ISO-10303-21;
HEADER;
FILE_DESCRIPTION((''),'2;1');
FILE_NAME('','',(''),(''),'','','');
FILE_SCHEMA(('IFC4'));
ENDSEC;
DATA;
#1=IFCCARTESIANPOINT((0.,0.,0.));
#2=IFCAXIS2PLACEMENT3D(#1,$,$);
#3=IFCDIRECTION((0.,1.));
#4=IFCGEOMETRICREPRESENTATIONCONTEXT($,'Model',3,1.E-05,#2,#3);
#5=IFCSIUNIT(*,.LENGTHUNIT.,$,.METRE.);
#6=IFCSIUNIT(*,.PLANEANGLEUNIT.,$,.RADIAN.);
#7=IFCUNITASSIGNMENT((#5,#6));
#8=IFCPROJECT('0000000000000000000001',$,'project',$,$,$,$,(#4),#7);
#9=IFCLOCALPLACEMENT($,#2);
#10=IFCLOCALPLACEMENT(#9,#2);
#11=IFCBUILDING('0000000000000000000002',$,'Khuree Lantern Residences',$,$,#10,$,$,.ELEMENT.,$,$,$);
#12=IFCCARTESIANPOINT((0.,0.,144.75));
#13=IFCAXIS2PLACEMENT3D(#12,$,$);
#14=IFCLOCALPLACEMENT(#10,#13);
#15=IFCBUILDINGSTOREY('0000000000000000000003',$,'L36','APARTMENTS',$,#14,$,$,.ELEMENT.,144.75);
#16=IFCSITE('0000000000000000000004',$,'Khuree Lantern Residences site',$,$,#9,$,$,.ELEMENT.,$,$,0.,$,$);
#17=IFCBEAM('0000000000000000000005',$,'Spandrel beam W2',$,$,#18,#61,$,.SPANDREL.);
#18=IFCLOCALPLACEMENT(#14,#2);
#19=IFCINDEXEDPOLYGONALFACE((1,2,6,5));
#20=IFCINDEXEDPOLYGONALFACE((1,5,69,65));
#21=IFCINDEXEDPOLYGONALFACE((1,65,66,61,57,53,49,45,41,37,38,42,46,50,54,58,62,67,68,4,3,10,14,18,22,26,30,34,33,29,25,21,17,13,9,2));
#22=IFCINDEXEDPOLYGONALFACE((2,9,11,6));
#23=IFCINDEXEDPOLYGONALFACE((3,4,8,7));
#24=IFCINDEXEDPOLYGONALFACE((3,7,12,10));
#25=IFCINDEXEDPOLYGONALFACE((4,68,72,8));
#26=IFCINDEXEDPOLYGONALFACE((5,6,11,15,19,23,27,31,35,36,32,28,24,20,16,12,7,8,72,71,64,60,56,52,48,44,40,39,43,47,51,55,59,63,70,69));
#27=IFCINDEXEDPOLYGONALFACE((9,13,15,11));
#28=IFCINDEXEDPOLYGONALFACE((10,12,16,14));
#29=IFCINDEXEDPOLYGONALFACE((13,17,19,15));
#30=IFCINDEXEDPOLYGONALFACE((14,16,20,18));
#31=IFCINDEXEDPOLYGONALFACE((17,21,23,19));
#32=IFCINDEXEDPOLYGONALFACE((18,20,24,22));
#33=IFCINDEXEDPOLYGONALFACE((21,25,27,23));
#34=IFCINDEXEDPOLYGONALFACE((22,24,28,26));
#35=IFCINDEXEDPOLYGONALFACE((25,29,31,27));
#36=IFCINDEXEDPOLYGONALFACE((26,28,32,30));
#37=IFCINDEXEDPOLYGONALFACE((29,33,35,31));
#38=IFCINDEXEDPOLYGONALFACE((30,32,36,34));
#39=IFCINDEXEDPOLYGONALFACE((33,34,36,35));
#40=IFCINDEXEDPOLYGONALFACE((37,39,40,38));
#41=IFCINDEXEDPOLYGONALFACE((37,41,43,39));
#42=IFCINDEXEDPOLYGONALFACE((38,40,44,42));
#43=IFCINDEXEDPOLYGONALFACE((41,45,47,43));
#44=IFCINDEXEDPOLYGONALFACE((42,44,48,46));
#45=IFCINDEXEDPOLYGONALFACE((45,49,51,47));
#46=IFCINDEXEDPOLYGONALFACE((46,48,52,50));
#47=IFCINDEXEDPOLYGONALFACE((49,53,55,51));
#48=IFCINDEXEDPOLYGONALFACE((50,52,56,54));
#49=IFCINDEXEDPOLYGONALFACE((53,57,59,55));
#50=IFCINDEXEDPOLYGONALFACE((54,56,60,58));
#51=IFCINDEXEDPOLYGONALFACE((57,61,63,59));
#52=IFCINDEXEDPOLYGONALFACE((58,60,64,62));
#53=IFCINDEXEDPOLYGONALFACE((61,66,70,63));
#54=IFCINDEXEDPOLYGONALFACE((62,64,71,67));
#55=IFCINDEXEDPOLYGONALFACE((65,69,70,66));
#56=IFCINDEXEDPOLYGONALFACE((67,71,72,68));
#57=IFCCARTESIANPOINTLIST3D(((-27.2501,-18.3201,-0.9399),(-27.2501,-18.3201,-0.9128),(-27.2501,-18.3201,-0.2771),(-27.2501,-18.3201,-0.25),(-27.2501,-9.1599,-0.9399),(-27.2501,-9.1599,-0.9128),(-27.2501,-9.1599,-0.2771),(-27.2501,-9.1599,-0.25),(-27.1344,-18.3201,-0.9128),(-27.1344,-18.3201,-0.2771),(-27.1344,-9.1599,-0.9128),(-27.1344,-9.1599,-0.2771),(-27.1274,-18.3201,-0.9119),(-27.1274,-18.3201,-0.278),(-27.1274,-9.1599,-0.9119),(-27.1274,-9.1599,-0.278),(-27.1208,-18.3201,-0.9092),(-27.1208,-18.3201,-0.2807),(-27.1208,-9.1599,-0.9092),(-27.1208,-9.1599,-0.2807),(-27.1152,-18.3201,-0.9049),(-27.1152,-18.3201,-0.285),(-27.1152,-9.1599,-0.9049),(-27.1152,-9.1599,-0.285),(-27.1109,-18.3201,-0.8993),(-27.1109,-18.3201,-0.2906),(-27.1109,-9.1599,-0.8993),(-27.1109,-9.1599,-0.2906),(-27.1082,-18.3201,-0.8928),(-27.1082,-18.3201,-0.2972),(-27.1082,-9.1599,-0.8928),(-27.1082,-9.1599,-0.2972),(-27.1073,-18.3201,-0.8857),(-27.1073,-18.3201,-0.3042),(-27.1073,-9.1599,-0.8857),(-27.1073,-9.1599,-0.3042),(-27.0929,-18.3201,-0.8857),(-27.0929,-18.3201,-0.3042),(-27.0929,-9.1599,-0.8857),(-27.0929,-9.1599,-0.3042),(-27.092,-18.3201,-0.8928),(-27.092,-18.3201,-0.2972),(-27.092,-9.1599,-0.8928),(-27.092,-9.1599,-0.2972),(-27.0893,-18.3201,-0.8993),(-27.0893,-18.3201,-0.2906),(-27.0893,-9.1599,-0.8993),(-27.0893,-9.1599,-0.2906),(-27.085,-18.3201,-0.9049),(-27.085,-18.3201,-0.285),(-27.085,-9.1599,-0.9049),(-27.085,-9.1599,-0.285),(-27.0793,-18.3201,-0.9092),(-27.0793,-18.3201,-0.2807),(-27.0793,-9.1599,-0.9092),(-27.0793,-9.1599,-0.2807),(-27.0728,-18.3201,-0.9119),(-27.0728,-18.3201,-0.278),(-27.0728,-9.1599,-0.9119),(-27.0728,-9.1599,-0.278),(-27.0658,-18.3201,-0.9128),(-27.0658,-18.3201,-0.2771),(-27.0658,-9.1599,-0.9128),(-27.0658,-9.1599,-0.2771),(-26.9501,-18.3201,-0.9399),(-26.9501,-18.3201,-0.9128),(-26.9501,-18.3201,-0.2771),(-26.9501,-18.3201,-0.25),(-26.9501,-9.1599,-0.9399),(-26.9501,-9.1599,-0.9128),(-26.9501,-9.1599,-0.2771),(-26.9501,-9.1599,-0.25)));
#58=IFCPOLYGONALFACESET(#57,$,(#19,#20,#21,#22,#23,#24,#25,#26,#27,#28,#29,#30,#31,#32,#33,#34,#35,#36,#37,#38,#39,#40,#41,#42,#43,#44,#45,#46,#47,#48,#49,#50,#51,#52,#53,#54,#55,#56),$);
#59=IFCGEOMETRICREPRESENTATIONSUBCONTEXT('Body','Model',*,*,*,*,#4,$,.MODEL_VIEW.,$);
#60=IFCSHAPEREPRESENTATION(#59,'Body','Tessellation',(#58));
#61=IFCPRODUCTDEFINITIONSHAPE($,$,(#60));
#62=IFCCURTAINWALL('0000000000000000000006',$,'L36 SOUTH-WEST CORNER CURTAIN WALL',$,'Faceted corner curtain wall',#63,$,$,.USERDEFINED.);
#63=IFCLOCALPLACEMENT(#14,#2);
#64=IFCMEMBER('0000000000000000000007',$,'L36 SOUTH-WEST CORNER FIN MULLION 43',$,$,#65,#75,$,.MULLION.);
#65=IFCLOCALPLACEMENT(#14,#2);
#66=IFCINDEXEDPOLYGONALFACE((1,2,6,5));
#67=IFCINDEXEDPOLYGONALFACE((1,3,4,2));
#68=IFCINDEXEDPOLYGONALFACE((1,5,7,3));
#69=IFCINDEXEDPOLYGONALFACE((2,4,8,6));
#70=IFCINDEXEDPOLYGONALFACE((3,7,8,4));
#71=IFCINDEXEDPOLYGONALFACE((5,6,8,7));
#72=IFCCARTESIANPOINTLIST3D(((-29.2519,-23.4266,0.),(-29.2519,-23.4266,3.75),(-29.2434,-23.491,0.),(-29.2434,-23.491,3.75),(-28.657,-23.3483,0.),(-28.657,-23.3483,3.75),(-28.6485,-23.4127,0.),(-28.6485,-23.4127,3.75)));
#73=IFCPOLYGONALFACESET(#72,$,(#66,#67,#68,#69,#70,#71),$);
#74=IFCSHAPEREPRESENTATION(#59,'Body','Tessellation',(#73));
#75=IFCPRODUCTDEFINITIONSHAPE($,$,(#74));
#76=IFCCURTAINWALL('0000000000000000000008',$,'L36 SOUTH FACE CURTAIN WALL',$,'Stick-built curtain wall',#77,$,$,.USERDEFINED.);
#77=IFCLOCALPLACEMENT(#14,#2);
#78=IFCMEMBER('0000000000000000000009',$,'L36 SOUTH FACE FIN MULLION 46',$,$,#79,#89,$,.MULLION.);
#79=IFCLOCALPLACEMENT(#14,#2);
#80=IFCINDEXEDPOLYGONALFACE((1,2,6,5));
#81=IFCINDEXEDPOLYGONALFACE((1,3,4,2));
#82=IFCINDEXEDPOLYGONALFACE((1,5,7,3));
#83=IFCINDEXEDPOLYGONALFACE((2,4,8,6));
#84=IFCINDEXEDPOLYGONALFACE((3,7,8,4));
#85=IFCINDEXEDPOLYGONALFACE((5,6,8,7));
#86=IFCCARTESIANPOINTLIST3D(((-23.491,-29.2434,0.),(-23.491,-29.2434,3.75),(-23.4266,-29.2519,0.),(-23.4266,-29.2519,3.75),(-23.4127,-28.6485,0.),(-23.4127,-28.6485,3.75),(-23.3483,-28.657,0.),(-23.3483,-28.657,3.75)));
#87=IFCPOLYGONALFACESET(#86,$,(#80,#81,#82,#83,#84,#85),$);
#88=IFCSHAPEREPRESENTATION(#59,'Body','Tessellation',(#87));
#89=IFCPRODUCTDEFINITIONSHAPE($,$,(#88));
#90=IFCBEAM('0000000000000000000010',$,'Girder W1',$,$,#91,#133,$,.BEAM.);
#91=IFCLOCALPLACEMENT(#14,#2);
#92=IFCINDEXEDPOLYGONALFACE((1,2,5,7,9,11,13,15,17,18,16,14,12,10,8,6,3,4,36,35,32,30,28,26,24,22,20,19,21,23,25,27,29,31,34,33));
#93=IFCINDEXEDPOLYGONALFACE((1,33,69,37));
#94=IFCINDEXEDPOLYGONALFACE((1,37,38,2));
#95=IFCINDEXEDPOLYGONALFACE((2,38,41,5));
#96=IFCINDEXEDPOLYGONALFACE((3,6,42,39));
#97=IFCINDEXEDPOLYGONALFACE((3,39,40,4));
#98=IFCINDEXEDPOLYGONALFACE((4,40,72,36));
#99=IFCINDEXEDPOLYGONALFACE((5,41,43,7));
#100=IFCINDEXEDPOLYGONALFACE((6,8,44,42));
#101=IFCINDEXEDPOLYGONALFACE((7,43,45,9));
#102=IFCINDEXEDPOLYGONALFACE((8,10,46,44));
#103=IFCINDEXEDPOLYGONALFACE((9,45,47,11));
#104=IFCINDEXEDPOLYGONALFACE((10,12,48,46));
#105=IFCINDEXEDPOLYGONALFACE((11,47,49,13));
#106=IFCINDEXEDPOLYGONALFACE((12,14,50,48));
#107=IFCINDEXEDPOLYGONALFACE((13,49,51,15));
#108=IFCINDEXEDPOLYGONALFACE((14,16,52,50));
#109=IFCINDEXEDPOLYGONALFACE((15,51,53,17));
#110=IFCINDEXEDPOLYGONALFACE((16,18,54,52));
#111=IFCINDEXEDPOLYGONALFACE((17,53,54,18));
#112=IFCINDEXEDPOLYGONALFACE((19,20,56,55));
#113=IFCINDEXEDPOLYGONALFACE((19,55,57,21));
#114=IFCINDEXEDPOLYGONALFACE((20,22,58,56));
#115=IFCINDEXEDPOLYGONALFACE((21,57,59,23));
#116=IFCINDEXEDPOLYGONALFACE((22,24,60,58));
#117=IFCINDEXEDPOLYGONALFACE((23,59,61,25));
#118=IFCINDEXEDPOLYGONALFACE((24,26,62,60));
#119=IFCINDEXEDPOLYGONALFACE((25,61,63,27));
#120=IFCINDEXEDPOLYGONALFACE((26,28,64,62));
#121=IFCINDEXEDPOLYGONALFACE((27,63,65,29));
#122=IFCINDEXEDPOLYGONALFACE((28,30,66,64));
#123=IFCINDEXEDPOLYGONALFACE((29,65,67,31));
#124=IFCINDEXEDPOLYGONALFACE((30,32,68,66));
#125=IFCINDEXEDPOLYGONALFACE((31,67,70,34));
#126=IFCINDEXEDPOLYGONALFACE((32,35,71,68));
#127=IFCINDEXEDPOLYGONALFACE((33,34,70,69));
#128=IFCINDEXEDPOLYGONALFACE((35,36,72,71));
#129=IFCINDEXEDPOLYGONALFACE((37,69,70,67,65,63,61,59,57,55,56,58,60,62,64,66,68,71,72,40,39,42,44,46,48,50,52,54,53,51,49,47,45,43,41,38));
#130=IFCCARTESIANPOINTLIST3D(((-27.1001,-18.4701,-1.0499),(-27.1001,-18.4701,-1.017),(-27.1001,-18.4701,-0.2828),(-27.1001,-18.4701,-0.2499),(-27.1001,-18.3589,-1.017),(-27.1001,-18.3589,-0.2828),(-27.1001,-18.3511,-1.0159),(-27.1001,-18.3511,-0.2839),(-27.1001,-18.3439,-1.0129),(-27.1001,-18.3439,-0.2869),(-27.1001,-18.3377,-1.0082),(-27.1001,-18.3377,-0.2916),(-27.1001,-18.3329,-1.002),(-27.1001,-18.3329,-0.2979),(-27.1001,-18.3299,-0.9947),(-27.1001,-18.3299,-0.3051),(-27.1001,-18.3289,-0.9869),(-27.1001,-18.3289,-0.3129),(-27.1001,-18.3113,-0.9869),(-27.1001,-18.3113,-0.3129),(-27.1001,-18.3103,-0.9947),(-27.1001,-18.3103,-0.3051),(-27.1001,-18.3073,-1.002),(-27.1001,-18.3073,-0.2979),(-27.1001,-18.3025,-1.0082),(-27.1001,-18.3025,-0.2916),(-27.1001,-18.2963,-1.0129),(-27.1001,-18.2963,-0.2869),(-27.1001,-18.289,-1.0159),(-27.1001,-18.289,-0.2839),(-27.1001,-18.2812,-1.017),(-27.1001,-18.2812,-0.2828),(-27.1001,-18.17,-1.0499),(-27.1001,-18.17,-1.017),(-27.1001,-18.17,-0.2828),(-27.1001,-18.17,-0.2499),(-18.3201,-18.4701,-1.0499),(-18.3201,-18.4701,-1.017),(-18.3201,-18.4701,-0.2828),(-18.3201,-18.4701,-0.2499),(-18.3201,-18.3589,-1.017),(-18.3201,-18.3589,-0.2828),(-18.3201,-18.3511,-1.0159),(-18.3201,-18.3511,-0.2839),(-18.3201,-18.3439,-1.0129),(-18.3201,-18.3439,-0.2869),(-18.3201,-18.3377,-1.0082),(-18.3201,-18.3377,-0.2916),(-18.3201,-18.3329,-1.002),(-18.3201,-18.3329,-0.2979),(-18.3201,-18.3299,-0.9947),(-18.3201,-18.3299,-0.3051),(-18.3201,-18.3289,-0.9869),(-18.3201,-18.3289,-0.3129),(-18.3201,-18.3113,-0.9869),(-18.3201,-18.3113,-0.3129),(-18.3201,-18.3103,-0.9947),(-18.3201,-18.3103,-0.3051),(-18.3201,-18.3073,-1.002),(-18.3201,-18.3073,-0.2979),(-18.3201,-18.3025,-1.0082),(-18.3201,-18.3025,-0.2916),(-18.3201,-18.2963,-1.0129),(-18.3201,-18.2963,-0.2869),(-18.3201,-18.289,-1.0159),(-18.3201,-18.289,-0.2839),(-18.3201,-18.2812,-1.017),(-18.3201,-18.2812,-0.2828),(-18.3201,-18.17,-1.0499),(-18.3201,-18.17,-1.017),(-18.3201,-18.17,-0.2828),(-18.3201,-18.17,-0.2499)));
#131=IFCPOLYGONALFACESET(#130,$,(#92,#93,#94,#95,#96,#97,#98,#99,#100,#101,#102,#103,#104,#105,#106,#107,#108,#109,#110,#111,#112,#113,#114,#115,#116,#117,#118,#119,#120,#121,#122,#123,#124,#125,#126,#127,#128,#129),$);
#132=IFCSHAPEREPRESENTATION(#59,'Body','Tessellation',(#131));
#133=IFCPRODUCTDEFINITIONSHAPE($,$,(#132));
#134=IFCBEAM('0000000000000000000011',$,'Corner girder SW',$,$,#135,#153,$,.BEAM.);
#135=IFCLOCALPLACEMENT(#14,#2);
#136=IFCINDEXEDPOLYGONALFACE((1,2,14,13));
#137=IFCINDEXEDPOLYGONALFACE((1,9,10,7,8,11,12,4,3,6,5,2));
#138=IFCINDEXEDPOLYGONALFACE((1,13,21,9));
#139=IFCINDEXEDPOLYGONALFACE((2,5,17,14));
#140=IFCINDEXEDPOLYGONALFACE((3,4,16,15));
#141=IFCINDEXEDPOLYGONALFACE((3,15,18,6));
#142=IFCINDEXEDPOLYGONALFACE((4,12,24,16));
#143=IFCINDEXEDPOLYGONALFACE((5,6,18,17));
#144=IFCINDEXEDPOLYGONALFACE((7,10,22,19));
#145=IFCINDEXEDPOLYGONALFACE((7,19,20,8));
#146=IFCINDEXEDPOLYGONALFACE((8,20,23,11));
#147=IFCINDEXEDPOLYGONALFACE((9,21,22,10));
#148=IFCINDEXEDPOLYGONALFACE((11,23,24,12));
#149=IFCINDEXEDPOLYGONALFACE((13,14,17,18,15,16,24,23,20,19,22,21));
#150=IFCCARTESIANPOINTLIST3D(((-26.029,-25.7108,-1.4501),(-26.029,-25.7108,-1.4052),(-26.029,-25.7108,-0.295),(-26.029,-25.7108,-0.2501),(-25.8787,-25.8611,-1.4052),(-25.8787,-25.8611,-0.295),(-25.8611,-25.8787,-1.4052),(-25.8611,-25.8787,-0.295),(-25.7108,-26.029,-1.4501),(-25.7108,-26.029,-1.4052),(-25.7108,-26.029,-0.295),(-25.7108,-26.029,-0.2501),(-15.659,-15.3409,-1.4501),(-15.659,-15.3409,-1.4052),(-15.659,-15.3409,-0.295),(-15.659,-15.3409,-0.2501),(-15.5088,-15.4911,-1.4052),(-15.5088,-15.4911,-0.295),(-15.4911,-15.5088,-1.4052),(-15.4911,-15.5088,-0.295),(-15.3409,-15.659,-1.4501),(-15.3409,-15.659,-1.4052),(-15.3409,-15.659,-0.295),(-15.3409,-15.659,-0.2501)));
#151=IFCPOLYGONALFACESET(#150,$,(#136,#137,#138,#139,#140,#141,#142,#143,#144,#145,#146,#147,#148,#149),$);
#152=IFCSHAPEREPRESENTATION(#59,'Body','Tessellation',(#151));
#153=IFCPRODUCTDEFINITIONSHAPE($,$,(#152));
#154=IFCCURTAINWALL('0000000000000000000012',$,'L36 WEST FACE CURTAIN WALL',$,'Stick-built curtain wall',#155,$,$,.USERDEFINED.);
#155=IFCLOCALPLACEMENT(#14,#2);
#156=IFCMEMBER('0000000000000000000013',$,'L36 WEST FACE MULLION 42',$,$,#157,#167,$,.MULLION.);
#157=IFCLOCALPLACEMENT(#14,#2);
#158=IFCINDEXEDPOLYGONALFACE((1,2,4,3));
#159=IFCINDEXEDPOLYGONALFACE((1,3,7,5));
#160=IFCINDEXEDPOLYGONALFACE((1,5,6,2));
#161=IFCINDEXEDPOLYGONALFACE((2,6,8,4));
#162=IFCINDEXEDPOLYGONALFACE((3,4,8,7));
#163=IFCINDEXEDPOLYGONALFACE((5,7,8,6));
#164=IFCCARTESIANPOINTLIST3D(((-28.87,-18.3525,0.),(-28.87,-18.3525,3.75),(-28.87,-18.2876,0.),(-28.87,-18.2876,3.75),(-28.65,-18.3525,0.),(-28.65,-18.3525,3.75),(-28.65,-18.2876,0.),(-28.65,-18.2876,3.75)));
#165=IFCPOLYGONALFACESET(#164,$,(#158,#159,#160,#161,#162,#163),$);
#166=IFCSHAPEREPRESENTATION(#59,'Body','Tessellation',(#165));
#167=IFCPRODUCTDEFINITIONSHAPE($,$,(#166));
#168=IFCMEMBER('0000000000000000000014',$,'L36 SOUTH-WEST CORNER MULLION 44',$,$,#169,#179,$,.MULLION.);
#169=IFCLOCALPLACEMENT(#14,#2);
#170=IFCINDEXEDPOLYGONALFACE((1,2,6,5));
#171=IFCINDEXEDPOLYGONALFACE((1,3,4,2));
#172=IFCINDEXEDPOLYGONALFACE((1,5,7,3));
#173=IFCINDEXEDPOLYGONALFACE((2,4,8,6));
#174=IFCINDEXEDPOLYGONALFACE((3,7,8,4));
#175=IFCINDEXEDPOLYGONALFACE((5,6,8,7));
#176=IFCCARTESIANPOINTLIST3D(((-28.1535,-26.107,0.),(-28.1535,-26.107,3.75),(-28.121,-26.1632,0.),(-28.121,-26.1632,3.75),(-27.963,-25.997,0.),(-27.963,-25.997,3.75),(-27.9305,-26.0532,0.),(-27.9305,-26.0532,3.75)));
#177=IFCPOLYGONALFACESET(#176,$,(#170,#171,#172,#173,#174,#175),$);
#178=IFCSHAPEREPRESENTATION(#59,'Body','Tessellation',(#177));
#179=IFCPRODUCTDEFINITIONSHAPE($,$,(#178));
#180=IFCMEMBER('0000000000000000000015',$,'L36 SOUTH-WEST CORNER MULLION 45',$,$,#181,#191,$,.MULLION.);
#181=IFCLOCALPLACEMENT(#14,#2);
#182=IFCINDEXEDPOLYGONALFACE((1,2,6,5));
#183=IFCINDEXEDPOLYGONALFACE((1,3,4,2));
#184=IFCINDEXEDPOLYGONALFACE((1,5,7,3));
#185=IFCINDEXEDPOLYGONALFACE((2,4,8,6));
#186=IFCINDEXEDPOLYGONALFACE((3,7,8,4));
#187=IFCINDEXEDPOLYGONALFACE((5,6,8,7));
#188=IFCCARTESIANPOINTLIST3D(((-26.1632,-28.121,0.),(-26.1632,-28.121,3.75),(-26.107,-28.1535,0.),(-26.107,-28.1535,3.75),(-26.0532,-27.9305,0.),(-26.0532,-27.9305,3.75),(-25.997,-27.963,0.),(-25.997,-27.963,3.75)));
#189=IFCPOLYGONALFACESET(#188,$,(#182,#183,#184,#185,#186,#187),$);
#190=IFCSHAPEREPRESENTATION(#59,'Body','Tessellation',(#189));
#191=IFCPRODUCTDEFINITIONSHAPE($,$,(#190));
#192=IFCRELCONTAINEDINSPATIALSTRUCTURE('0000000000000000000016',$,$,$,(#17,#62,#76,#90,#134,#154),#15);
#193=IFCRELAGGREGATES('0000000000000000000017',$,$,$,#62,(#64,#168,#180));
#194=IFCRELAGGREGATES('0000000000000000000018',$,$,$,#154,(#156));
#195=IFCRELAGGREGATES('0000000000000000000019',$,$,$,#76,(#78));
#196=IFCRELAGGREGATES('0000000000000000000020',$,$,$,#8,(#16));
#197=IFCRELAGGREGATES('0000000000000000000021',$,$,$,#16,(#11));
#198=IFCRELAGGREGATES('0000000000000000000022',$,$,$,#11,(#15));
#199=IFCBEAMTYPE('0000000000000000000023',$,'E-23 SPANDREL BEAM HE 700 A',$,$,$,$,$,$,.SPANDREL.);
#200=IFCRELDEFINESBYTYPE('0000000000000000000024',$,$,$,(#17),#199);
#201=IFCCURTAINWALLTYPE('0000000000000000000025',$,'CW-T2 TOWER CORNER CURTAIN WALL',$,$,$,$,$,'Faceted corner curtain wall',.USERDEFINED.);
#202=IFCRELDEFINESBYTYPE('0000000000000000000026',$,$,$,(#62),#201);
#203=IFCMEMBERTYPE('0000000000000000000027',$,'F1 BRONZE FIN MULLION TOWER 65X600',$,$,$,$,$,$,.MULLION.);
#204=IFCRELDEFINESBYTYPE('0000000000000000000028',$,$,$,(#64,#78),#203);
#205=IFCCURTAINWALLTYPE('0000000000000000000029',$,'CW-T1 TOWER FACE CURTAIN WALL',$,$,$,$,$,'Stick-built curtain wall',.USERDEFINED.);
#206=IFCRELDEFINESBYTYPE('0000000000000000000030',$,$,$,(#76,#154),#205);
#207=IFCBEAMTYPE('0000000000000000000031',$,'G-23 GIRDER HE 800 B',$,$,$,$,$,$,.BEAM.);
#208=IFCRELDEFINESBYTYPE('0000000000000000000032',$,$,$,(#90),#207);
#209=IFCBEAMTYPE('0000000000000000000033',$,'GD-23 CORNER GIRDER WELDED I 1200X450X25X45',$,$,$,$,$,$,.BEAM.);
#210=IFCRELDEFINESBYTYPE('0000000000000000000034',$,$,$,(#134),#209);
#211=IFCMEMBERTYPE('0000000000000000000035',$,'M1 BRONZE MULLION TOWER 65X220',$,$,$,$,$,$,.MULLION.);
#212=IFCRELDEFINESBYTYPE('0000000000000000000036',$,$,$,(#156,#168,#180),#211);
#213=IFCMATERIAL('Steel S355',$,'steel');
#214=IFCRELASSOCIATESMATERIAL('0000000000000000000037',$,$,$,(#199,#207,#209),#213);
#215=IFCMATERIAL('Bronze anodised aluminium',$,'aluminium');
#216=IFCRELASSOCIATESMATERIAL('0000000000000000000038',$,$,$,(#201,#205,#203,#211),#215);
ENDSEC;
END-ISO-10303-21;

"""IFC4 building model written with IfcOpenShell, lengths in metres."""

from ifc_helpers import new_model, si_unit, direction, frame, origin, origin_2d, place, context, subcontext, project, spatial, rectangle, i_section, extrude, material, material_profile, profile_set, type_object, element, aggregate, save


model = new_model("IFC4")

# Units and contexts
model_context = context("Model", 3, precision=1e-05, world=origin(), true_north=direction((0.0, 1.0)))
body_context = subcontext(model_context, "Body", "Model", "MODEL_VIEW")
ifc_project = project(units=[si_unit("LENGTHUNIT", "METRE"), si_unit("PLANEANGLEUNIT", "RADIAN")], contexts=[model_context])

# Site, building, storey
site_placement = place(None, origin())
site = spatial("IfcSite", under=ifc_project, at=site_placement, Name="Khuree Lantern Residences site", CompositionType="ELEMENT", RefElevation=0.0)
building_placement = place(site_placement, origin())
building = spatial("IfcBuilding", under=site, at=building_placement, Name="Khuree Lantern Residences", CompositionType="ELEMENT")
storey_placement = place(building_placement, frame((0.0, 0.0, 144.75)))
storey = spatial("IfcBuildingStorey", under=building, at=storey_placement, Name="L36", Description="APARTMENTS", CompositionType="ELEMENT", Elevation=144.75)

# Beam
ifc_material_1 = material(Name="Steel S355", Category="steel")
ifc_material_profile_1 = material_profile(ifc_material_1, i_section(OverallWidth=0.3, OverallDepth=0.6899, WebThickness=0.0144, FlangeThickness=0.0271, FilletRadius=0.0271, at=origin_2d()), Name="HE 700 A")
ifc_profile_set_1 = profile_set([ifc_material_profile_1], Name="Steel S355")
beam_type_1 = type_object("IfcBeamType", Name="E-23 SPANDREL BEAM HE 700 A", PredefinedType="SPANDREL", material=ifc_profile_set_1)
beam_1_placement = place(storey_placement, frame((-27.1001, -18.3201, -0.595), z_axis=(0.0, 1.0, 0.0), x_axis=(-1.0, 0.0, 0.0)))
element("IfcBeam", 1, at=beam_1_placement, inside=storey, type_object=beam_type_1, Name="Spandrel beam W2", PredefinedType="SPANDREL", context=body_context, shape_type="SweptSolid", body=[
    extrude(i_section(OverallWidth=0.3, OverallDepth=0.6899, WebThickness=0.0144, FlangeThickness=0.0271, FilletRadius=0.0271, at=origin_2d()), origin(), (0.0, 0.0, 1.0), 9.1602),
])

# Curtain walls, members
ifc_material_2 = material(Name="Bronze anodised aluminium", Category="aluminium")
curtain_wall_type_1 = type_object("IfcCurtainWallType", Name="CW-T2 TOWER CORNER CURTAIN WALL", ElementType="Faceted corner curtain wall", PredefinedType="USERDEFINED", material=ifc_material_2)
curtain_wall_1_placement = place(storey_placement, origin())
curtain_wall_1 = element("IfcCurtainWall", 2, at=curtain_wall_1_placement, inside=storey, type_object=curtain_wall_type_1, Name="L36 SOUTH-WEST CORNER CURTAIN WALL", ObjectType="Faceted corner curtain wall", PredefinedType="USERDEFINED")
ifc_material_profile_2 = material_profile(ifc_material_2, rectangle(XDim=0.0649, YDim=0.6001, at=origin_2d()), Name="F1 65X600")
ifc_profile_set_2 = profile_set([ifc_material_profile_2], Name="Bronze anodised aluminium")
member_type_1 = type_object("IfcMemberType", Name="F1 BRONZE FIN MULLION TOWER 65X600", PredefinedType="MULLION", material=ifc_profile_set_2)
member_1_placement = place(storey_placement, frame((-28.9502, -23.4197, 0.0), z_axis=(0.0, 0.0, 1.0), x_axis=(0.130526, -0.991445, 0.0)))
member_1 = element("IfcMember", 3, at=member_1_placement, type_object=member_type_1, Name="L36 SOUTH-WEST CORNER FIN MULLION 43", PredefinedType="MULLION", context=body_context, shape_type="SweptSolid", body=[
    extrude(rectangle(XDim=0.0649, YDim=0.6001, at=origin_2d()), origin(), (0.0, 0.0, 1.0), 3.75),
])
curtain_wall_type_2 = type_object("IfcCurtainWallType", Name="CW-T1 TOWER FACE CURTAIN WALL", ElementType="Stick-built curtain wall", PredefinedType="USERDEFINED", material=ifc_material_2)
curtain_wall_2_placement = place(storey_placement, origin())
curtain_wall_2 = element("IfcCurtainWall", 4, at=curtain_wall_2_placement, inside=storey, type_object=curtain_wall_type_2, Name="L36 SOUTH FACE CURTAIN WALL", ObjectType="Stick-built curtain wall", PredefinedType="USERDEFINED")
member_2_placement = place(storey_placement, frame((-23.4197, -28.9502, 0.0), z_axis=(0.0, 0.0, 1.0), x_axis=(0.991445, -0.130526, 0.0)))
member_2 = element("IfcMember", 5, at=member_2_placement, type_object=member_type_1, Name="L36 SOUTH FACE FIN MULLION 46", PredefinedType="MULLION", context=body_context, shape_type="SweptSolid", body=[
    extrude(rectangle(XDim=0.0649, YDim=0.6001, at=origin_2d()), origin(), (0.0, 0.0, 1.0), 3.75),
])

# Beams
ifc_material_profile_3 = material_profile(ifc_material_1, i_section(OverallWidth=0.3, OverallDepth=0.8, WebThickness=0.0176, FlangeThickness=0.033, FilletRadius=0.03, at=origin_2d()), Name="HE 800 B")
ifc_profile_set_3 = profile_set([ifc_material_profile_3], Name="Steel S355")
beam_type_2 = type_object("IfcBeamType", Name="G-23 GIRDER HE 800 B", PredefinedType="BEAM", material=ifc_profile_set_3)
beam_2_placement = place(storey_placement, frame((-27.1001, -18.3201, -0.6499), z_axis=(1.0, 0.0, 0.0), x_axis=(0.0, 1.0, 0.0)))
element("IfcBeam", 6, at=beam_2_placement, inside=storey, type_object=beam_type_2, Name="Girder W1", PredefinedType="BEAM", context=body_context, shape_type="SweptSolid", body=[
    extrude(i_section(OverallWidth=0.3, OverallDepth=0.8, WebThickness=0.0176, FlangeThickness=0.033, FilletRadius=0.03, at=origin_2d()), origin(), (0.0, 0.0, 1.0), 8.78),
])
ifc_material_profile_4 = material_profile(ifc_material_1, i_section(OverallWidth=0.45, OverallDepth=1.2, WebThickness=0.0249, FlangeThickness=0.0449, at=origin_2d()), Name="WELDED I 1200X450X25X45")
ifc_profile_set_4 = profile_set([ifc_material_profile_4], Name="Steel S355")
beam_type_3 = type_object("IfcBeamType", Name="GD-23 CORNER GIRDER WELDED I 1200X450X25X45", PredefinedType="BEAM", material=ifc_profile_set_4)
beam_3_placement = place(storey_placement, frame((-25.8699, -25.8699, -0.8501), z_axis=(0.707107, 0.707107, 0.0), x_axis=(-0.707107, 0.707107, 0.0)))
element("IfcBeam", 7, at=beam_3_placement, inside=storey, type_object=beam_type_3, Name="Corner girder SW", PredefinedType="BEAM", context=body_context, shape_type="SweptSolid", body=[
    extrude(i_section(OverallWidth=0.45, OverallDepth=1.2, WebThickness=0.0249, FlangeThickness=0.0449, at=origin_2d()), origin(), (0.0, 0.0, 1.0), 14.6653),
])

# Curtain wall, member
curtain_wall_3_placement = place(storey_placement, origin())
curtain_wall_3 = element("IfcCurtainWall", 8, at=curtain_wall_3_placement, inside=storey, type_object=curtain_wall_type_2, Name="L36 WEST FACE CURTAIN WALL", ObjectType="Stick-built curtain wall", PredefinedType="USERDEFINED")
ifc_material_profile_5 = material_profile(ifc_material_2, rectangle(XDim=0.0649, YDim=0.22, at=origin_2d()), Name="M1 65X220")
ifc_profile_set_5 = profile_set([ifc_material_profile_5], Name="Bronze anodised aluminium")
member_type_2 = type_object("IfcMemberType", Name="M1 BRONZE MULLION TOWER 65X220", PredefinedType="MULLION", material=ifc_profile_set_5)
member_3_placement = place(storey_placement, frame((-28.76, -18.3201, 0.0), z_axis=(0.0, 0.0, 1.0), x_axis=(0.0, -1.0, 0.0)))
member_3 = element("IfcMember", 9, at=member_3_placement, type_object=member_type_2, Name="L36 WEST FACE MULLION 42", PredefinedType="MULLION", context=body_context, shape_type="SweptSolid", body=[
    extrude(rectangle(XDim=0.0649, YDim=0.22, at=origin_2d()), origin(), (0.0, 0.0, 1.0), 3.75),
])

# Members
member_4_placement = place(storey_placement, frame((-28.042, -26.0801, 0.0), z_axis=(0.0, 0.0, 1.0), x_axis=(0.5, -0.866025, 0.0)))
member_4 = element("IfcMember", 10, at=member_4_placement, type_object=member_type_2, Name="L36 SOUTH-WEST CORNER MULLION 44", PredefinedType="MULLION", context=body_context, shape_type="SweptSolid", body=[
    extrude(rectangle(XDim=0.0649, YDim=0.22, at=origin_2d()), origin(), (0.0, 0.0, 1.0), 3.75),
])
member_5_placement = place(storey_placement, frame((-26.0801, -28.042, 0.0), z_axis=(0.0, 0.0, 1.0), x_axis=(0.866025, -0.5, 0.0)))
member_5 = element("IfcMember", 11, at=member_5_placement, type_object=member_type_2, Name="L36 SOUTH-WEST CORNER MULLION 45", PredefinedType="MULLION", context=body_context, shape_type="SweptSolid", body=[
    extrude(rectangle(XDim=0.0649, YDim=0.22, at=origin_2d()), origin(), (0.0, 0.0, 1.0), 3.75),
])

aggregate(curtain_wall_1, [member_1, member_4, member_5])
aggregate(curtain_wall_3, [member_3])
aggregate(curtain_wall_2, [member_2])

save(model, "model.ifc")
